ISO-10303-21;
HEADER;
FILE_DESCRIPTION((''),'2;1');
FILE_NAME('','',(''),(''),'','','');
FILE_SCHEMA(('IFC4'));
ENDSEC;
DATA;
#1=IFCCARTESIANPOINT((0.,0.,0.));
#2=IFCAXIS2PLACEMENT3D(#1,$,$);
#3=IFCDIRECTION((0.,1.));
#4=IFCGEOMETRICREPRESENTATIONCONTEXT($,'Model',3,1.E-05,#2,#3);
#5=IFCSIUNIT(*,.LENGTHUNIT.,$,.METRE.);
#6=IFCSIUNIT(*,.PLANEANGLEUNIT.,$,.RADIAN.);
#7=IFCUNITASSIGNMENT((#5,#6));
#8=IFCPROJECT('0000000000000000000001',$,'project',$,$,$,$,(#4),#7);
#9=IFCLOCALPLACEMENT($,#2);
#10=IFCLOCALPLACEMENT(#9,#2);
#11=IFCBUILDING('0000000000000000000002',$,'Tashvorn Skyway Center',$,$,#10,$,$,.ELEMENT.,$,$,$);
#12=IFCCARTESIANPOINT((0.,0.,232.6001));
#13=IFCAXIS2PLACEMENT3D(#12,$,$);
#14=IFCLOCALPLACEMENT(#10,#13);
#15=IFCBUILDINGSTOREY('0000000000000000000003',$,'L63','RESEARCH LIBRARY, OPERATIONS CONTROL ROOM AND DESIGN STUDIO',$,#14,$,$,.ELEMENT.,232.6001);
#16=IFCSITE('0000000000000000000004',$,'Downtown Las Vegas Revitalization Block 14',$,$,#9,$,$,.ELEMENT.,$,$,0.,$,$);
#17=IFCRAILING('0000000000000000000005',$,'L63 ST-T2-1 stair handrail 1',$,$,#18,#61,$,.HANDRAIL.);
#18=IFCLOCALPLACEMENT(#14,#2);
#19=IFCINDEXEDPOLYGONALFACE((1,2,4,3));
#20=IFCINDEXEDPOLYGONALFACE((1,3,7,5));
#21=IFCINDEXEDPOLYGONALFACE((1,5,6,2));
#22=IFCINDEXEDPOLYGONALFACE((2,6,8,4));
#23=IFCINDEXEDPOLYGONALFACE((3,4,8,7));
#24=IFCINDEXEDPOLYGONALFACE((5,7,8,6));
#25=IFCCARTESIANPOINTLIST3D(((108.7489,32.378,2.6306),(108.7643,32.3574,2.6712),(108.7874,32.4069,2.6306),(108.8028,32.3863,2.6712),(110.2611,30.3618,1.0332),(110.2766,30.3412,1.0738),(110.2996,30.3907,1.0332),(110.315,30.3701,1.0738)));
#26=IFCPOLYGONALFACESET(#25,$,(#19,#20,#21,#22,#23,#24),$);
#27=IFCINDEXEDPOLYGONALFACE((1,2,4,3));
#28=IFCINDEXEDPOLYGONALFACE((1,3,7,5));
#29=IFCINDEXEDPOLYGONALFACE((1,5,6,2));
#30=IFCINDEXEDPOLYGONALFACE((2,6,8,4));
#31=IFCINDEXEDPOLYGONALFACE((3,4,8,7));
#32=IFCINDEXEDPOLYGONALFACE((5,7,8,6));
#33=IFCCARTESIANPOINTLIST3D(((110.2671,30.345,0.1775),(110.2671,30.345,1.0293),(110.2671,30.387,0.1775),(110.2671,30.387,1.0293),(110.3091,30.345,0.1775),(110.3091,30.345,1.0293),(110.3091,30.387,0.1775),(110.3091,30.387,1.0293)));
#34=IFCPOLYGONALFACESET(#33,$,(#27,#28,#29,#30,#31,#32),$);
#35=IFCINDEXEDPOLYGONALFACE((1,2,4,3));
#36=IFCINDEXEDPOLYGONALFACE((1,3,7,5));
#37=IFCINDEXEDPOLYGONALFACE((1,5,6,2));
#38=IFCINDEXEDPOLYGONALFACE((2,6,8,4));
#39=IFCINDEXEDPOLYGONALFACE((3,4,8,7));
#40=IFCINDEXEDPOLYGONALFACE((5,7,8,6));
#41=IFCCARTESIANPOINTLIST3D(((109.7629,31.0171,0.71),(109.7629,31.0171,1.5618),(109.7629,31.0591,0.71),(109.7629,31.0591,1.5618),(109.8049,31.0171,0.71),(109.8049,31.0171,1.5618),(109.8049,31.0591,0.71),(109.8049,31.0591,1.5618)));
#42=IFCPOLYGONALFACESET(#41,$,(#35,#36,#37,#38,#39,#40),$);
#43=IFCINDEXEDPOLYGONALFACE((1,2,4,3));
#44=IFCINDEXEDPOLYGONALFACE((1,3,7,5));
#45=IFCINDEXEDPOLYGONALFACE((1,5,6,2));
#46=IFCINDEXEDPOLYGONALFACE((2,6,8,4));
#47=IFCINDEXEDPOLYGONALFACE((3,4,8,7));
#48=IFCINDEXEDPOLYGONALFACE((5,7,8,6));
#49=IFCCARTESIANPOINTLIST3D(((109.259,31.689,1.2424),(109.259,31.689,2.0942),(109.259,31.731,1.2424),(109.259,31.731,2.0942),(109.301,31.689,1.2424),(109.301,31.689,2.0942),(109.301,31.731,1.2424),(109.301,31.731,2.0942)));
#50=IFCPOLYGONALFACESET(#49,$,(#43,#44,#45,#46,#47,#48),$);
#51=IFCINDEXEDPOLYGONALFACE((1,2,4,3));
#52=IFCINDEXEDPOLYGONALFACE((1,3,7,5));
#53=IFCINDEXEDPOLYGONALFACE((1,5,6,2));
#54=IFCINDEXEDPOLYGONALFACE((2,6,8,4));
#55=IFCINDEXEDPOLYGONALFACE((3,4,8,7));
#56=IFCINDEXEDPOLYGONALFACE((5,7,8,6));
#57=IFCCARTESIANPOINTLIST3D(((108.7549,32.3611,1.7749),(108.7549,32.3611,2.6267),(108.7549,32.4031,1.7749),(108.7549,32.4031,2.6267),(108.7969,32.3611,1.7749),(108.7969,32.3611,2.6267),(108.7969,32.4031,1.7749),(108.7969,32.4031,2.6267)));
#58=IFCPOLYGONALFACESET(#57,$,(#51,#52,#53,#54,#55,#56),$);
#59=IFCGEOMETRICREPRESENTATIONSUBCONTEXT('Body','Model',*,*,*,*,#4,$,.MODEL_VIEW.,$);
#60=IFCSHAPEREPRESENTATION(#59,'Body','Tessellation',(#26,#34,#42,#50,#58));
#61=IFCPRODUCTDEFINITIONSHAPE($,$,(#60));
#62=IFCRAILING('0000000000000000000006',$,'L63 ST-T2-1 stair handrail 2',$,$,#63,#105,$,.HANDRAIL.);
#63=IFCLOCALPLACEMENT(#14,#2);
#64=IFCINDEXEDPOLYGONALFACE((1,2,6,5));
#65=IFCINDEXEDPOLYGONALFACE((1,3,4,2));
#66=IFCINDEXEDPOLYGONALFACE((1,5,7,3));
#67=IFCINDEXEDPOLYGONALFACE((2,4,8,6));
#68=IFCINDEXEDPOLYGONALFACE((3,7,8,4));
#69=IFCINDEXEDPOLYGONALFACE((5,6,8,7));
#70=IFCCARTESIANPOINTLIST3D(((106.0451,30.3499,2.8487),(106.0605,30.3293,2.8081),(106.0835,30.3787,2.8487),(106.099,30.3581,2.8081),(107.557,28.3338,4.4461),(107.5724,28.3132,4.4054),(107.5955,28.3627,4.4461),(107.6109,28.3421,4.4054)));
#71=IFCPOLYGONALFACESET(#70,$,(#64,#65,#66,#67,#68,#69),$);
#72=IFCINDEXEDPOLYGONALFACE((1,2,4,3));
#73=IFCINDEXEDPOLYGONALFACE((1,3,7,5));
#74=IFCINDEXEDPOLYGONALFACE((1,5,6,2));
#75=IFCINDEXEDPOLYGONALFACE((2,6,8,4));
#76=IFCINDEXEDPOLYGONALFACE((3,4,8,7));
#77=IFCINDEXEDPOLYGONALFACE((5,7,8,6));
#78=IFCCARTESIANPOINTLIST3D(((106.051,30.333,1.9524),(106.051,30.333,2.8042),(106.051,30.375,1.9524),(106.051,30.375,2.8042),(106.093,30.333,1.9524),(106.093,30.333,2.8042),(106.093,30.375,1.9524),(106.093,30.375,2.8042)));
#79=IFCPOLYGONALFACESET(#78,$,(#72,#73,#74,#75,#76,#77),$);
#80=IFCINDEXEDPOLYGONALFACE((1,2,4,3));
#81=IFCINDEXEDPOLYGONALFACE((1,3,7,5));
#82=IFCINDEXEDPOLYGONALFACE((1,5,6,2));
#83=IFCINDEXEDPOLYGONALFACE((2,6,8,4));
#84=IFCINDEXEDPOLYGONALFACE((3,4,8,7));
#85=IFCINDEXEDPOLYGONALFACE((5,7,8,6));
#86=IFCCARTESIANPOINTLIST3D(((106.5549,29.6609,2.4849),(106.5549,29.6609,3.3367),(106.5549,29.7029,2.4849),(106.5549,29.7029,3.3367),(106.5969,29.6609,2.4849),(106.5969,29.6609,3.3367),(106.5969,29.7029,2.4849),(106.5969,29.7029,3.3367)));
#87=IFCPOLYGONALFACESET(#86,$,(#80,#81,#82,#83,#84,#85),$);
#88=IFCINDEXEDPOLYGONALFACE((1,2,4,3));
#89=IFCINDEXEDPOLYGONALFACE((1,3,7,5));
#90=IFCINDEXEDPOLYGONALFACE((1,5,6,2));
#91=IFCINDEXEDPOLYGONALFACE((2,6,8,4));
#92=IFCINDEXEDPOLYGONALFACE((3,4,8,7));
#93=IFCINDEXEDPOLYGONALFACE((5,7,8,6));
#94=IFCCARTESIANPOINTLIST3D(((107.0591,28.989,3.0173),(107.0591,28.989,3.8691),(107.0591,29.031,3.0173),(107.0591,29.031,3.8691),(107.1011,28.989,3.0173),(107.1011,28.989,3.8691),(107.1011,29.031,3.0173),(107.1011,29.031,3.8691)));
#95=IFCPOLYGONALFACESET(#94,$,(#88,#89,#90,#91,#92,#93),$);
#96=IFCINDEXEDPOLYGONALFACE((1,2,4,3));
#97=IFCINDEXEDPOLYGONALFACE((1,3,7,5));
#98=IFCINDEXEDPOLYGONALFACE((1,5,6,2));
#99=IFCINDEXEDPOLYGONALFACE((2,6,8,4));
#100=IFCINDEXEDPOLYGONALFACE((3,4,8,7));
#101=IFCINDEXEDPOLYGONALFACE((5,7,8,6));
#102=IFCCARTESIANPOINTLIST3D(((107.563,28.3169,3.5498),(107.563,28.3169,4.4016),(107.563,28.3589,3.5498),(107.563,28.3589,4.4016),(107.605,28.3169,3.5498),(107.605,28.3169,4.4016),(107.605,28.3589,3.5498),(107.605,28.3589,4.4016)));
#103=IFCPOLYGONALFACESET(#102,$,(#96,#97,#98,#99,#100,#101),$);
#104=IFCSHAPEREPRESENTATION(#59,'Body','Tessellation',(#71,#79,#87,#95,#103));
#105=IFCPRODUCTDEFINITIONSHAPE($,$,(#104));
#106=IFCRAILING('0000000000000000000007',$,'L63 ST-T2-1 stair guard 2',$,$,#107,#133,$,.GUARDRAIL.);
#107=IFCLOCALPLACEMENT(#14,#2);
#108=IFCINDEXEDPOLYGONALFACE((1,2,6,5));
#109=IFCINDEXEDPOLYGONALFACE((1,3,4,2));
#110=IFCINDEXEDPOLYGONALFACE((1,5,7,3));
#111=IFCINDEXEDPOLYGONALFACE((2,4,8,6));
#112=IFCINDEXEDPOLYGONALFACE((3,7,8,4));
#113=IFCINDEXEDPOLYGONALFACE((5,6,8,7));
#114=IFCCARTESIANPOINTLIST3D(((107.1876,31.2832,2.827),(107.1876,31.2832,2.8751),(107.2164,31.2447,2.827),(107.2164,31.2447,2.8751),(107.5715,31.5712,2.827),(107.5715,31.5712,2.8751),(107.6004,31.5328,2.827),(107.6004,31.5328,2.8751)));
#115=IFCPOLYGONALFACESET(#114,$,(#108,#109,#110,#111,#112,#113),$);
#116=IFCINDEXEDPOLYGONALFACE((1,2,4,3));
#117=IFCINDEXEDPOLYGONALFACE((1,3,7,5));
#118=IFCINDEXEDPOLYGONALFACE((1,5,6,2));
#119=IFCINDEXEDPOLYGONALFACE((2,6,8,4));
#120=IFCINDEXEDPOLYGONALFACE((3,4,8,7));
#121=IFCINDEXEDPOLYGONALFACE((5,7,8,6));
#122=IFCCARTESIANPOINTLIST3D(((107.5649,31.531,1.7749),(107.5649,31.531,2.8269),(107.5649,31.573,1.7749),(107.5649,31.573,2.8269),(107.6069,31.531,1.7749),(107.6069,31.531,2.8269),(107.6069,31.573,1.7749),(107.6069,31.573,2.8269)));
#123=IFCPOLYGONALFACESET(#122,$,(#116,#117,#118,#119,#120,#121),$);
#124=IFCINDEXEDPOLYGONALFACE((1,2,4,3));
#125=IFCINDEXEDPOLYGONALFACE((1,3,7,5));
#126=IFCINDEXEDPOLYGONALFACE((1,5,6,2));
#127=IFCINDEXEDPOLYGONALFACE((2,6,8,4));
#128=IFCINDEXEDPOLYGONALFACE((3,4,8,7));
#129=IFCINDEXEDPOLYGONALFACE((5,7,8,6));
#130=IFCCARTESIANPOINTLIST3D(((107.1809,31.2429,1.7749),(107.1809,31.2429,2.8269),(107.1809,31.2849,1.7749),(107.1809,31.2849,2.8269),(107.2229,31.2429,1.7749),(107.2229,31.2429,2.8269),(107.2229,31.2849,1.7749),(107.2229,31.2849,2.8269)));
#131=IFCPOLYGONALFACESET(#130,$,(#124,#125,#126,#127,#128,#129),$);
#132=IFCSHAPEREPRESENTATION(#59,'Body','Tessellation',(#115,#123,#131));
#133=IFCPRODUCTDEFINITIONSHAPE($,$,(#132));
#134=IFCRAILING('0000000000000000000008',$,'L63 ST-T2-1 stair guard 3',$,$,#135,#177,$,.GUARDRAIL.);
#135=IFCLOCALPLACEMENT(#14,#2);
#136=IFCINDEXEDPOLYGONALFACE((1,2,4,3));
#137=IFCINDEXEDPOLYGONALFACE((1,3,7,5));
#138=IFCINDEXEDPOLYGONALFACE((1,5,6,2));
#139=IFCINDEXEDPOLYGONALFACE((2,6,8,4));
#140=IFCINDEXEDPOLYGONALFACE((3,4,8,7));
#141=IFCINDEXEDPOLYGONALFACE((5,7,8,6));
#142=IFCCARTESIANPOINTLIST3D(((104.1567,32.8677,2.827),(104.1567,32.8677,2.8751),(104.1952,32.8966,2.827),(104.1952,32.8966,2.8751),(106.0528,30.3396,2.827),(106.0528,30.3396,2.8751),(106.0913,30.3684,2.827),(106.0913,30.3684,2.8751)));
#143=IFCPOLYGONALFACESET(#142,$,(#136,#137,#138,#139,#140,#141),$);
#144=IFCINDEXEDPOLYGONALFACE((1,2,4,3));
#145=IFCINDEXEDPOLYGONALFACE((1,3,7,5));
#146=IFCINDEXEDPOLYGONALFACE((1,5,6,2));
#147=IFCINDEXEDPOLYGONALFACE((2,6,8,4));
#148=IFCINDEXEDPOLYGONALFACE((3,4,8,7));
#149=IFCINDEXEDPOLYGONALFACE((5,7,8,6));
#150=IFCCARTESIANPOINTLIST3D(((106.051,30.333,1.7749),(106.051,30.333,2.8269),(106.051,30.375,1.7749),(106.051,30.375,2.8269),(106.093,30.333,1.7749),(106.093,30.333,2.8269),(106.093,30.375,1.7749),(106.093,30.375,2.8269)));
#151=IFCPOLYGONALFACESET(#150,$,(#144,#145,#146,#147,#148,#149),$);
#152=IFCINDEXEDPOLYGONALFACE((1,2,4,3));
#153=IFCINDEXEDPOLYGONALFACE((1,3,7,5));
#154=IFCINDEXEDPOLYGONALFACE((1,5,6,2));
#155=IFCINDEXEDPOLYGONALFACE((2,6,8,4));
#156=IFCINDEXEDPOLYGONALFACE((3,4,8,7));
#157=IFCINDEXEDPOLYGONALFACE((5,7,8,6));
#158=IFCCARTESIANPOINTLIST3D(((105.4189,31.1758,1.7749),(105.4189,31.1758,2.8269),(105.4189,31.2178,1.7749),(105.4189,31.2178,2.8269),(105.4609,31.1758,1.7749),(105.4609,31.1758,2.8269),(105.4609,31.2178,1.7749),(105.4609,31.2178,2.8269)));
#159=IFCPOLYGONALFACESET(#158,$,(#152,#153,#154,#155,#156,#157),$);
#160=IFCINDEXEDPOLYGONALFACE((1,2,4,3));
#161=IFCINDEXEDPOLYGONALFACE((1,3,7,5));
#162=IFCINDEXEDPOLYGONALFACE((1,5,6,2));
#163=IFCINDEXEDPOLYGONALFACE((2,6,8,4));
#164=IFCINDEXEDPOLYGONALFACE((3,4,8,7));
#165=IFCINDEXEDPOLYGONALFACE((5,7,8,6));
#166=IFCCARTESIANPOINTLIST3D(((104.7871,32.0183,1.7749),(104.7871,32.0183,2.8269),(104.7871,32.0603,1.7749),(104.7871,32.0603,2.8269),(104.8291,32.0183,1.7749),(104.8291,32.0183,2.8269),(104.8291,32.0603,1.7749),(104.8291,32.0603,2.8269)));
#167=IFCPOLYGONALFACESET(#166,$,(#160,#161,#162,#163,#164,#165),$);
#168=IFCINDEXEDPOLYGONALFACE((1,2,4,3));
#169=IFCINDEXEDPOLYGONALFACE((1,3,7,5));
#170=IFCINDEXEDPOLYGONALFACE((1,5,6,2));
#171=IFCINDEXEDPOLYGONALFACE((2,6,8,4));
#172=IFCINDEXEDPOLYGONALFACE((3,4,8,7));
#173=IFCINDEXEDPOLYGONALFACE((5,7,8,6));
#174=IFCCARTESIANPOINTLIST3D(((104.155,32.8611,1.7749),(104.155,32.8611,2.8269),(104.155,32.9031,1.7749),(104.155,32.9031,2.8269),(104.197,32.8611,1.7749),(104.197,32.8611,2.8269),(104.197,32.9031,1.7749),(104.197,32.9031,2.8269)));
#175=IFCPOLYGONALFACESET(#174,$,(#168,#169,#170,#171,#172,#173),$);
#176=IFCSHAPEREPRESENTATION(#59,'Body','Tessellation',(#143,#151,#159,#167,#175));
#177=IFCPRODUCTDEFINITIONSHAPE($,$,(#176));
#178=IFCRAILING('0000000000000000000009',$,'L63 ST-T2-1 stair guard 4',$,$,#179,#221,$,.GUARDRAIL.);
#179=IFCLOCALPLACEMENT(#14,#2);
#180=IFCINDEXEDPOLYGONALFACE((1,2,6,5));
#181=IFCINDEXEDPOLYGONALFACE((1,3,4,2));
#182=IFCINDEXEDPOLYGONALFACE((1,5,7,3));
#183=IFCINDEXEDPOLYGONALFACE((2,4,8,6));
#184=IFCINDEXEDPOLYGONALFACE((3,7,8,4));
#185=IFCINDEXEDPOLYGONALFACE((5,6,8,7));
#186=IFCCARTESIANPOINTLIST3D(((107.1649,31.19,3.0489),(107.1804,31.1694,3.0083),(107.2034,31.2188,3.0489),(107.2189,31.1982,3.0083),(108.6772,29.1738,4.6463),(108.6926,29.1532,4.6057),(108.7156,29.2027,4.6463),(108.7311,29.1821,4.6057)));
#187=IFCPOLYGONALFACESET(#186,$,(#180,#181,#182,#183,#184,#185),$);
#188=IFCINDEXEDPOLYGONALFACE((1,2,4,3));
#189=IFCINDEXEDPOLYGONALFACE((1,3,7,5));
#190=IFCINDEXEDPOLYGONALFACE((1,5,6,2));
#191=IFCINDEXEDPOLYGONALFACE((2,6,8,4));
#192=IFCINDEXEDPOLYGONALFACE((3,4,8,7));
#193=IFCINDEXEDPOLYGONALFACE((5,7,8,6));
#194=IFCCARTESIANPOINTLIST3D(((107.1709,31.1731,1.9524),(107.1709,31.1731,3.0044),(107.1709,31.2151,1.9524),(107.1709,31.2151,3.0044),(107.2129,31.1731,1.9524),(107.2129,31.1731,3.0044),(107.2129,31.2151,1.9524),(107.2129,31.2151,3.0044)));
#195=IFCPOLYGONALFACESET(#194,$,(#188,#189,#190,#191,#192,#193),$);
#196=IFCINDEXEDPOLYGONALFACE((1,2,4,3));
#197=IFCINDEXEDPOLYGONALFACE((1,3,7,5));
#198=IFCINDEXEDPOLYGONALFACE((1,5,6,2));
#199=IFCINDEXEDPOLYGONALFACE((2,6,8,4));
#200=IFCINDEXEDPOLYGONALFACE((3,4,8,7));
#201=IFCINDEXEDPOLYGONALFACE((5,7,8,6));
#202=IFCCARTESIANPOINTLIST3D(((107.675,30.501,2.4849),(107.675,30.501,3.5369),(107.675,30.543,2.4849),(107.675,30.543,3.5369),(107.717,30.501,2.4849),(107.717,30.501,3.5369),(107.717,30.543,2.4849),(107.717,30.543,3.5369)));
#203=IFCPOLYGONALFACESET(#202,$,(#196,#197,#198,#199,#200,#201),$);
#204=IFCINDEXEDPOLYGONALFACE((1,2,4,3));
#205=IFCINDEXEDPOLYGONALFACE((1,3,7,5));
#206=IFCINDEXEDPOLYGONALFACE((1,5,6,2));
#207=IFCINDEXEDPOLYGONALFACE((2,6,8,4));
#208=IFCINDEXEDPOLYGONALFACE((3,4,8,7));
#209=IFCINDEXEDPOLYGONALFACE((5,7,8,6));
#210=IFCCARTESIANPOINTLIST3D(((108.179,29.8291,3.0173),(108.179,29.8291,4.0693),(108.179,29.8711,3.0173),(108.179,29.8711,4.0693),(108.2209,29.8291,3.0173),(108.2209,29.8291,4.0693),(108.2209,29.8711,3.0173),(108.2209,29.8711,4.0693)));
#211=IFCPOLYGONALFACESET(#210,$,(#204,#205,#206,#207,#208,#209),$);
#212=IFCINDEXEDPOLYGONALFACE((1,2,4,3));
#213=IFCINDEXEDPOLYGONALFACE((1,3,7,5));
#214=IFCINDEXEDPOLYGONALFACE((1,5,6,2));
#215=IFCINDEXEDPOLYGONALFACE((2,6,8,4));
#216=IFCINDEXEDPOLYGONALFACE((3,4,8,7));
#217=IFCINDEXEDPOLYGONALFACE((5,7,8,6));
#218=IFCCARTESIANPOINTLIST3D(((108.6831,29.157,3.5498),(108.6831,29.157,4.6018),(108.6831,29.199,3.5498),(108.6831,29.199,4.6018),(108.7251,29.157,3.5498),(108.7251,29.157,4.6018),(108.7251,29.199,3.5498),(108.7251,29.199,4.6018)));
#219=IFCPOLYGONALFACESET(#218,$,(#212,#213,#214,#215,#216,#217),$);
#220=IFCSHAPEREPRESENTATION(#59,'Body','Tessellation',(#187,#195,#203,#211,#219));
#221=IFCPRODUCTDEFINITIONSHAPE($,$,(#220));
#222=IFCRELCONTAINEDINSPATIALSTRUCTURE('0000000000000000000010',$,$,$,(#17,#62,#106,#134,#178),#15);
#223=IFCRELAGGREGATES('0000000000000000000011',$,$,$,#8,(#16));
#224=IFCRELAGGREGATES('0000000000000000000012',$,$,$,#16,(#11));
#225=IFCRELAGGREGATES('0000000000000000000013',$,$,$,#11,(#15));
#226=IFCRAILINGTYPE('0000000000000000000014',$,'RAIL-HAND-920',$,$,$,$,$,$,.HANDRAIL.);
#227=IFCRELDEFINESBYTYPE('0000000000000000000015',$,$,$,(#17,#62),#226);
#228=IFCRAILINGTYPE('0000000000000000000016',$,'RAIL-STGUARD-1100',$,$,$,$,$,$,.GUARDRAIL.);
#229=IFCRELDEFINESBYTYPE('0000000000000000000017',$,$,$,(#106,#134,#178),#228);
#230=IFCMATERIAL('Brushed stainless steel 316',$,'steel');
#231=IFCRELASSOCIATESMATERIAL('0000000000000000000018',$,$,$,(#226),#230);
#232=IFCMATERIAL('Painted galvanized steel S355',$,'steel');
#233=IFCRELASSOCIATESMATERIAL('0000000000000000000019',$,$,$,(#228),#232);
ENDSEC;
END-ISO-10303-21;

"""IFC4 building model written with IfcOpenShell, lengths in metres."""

from ifc_helpers import new_model, si_unit, direction, frame, origin, origin_2d, place, context, subcontext, project, spatial, rectangle, extrude, material, type_object, element, save


model = new_model("IFC4")

# Units and contexts
model_context = context("Model", 3, precision=1e-05, world=origin(), true_north=direction((0.0, 1.0)))
body_context = subcontext(model_context, "Body", "Model", "MODEL_VIEW")
ifc_project = project(units=[si_unit("LENGTHUNIT", "METRE"), si_unit("PLANEANGLEUNIT", "RADIAN")], contexts=[model_context])

# Site, building, storey
site_placement = place(None, origin())
site = spatial("IfcSite", under=ifc_project, at=site_placement, Name="Downtown Las Vegas Revitalization Block 14", CompositionType="ELEMENT", RefElevation=0.0)
building_placement = place(site_placement, origin())
building = spatial("IfcBuilding", under=site, at=building_placement, Name="Tashvorn Skyway Center", CompositionType="ELEMENT")
storey_placement = place(building_placement, frame((0.0, 0.0, 232.6001)))
storey = spatial("IfcBuildingStorey", under=building, at=storey_placement, Name="L63", Description="RESEARCH LIBRARY, OPERATIONS CONTROL ROOM AND DESIGN STUDIO", CompositionType="ELEMENT", Elevation=232.6001)

# Railings
ifc_material_1 = material(Name="Brushed stainless steel 316", Category="steel")
railing_type_1 = type_object("IfcRailingType", Name="RAIL-HAND-920", PredefinedType="HANDRAIL", material=ifc_material_1)
railing_1_placement = place(storey_placement, frame((110.2881, 30.366, 0.1775)))
element("IfcRailing", 1, at=railing_1_placement, inside=storey, type_object=railing_type_1, Name="L63 ST-T2-1 stair handrail 1", PredefinedType="HANDRAIL", context=body_context, shape_type="SweptSolid", body=[
    extrude(rectangle(XDim=0.0481, YDim=0.0481, at=origin_2d()), frame((0.0, 0.0, 0.876), z_axis=(-0.506802, 0.675681, 0.535357), x_axis=(-0.799977, -0.600031, 0.0)), (0.0, 0.0, 1.0), 2.9839),
    extrude(rectangle(XDim=0.042, YDim=0.042, at=origin_2d()), origin(), (0.0, 0.0, 1.0), 0.8518),
    extrude(rectangle(XDim=0.042, YDim=0.042, at=origin_2d()), frame((-0.5042, 0.6721, 0.5325)), (0.0, 0.0, 1.0), 0.8518),
    extrude(rectangle(XDim=0.042, YDim=0.042, at=origin_2d()), frame((-1.0081, 1.344, 1.0649)), (0.0, 0.0, 1.0), 0.8518),
    extrude(rectangle(XDim=0.042, YDim=0.042, at=origin_2d()), frame((-1.5122, 2.0161, 1.5974)), (0.0, 0.0, 1.0), 0.8518),
])
railing_2_placement = place(storey_placement, frame((106.072, 30.354, 1.9524)))
element("IfcRailing", 2, at=railing_2_placement, inside=storey, type_object=railing_type_1, Name="L63 ST-T2-1 stair handrail 2", PredefinedType="HANDRAIL", context=body_context, shape_type="SweptSolid", body=[
    extrude(rectangle(XDim=0.0481, YDim=0.0481, at=origin_2d()), frame((0.0, 0.0, 0.876), z_axis=(0.506741, -0.675709, 0.535379), x_axis=(0.800023, 0.599969, 0.0)), (0.0, 0.0, 1.0), 2.9836),
    extrude(rectangle(XDim=0.042, YDim=0.042, at=origin_2d()), origin(), (0.0, 0.0, 1.0), 0.8518),
    extrude(rectangle(XDim=0.042, YDim=0.042, at=origin_2d()), frame((0.5039, -0.6721, 0.5325)), (0.0, 0.0, 1.0), 0.8518),
    extrude(rectangle(XDim=0.042, YDim=0.042, at=origin_2d()), frame((1.0081, -1.344, 1.0649)), (0.0, 0.0, 1.0), 0.8518),
    extrude(rectangle(XDim=0.042, YDim=0.042, at=origin_2d()), frame((1.512, -2.0161, 1.5974)), (0.0, 0.0, 1.0), 0.8518),
])
ifc_material_2 = material(Name="Painted galvanized steel S355", Category="steel")
railing_type_2 = type_object("IfcRailingType", Name="RAIL-STGUARD-1100", PredefinedType="GUARDRAIL", material=ifc_material_2)
railing_3_placement = place(storey_placement, frame((107.5859, 31.552, 1.7749)))
element("IfcRailing", 3, at=railing_3_placement, inside=storey, type_object=railing_type_2, Name="L63 ST-T2-1 stair guard 2", PredefinedType="GUARDRAIL", context=body_context, shape_type="SweptSolid", body=[
    extrude(rectangle(XDim=0.0481, YDim=0.0481, at=origin_2d()), frame((0.0, 0.0, 1.0762), z_axis=(-0.799939, -0.600081, 0.0), x_axis=(0.600081, -0.799939, 0.0)), (0.0, 0.0, 1.0), 0.48),
    extrude(rectangle(XDim=0.042, YDim=0.042, at=origin_2d()), origin(), (0.0, 0.0, 1.0), 1.052),
    extrude(rectangle(XDim=0.042, YDim=0.042, at=origin_2d()), frame((-0.384, -0.2881, 0.0)), (0.0, 0.0, 1.0), 1.052),
])
railing_4_placement = place(storey_placement, frame((106.072, 30.354, 1.7749)))
element("IfcRailing", 4, at=railing_4_placement, inside=storey, type_object=railing_type_2, Name="L63 ST-T2-1 stair guard 3", PredefinedType="GUARDRAIL", context=body_context, shape_type="SweptSolid", body=[
    extrude(rectangle(XDim=0.0481, YDim=0.0481, at=origin_2d()), frame((0.0, 0.0, 1.0762), z_axis=(-0.599988, 0.800009, 0.0), x_axis=(-0.800009, -0.599988, 0.0)), (0.0, 0.0, 1.0), 3.1602),
    extrude(rectangle(XDim=0.042, YDim=0.042, at=origin_2d()), origin(), (0.0, 0.0, 1.0), 1.052),
    extrude(rectangle(XDim=0.042, YDim=0.042, at=origin_2d()), frame((-0.6321, 0.8428, 0.0)), (0.0, 0.0, 1.0), 1.052),
    extrude(rectangle(XDim=0.042, YDim=0.042, at=origin_2d()), frame((-1.2639, 1.6853, 0.0)), (0.0, 0.0, 1.0), 1.052),
    extrude(rectangle(XDim=0.042, YDim=0.042, at=origin_2d()), frame((-1.896, 2.5281, 0.0)), (0.0, 0.0, 1.0), 1.052),
])
railing_5_placement = place(storey_placement, frame((107.1919, 31.1941, 1.9524)))
element("IfcRailing", 5, at=railing_5_placement, inside=storey, type_object=railing_type_2, Name="L63 ST-T2-1 stair guard 4", PredefinedType="GUARDRAIL", context=body_context, shape_type="SweptSolid", body=[
    extrude(rectangle(XDim=0.0481, YDim=0.0481, at=origin_2d()), frame((0.0, 0.0, 1.0762), z_axis=(0.506802, -0.675681, 0.535357), x_axis=(0.799977, 0.600031, 0.0)), (0.0, 0.0, 1.0), 2.9839),
    extrude(rectangle(XDim=0.042, YDim=0.042, at=origin_2d()), origin(), (0.0, 0.0, 1.0), 1.052),
    extrude(rectangle(XDim=0.042, YDim=0.042, at=origin_2d()), frame((0.5042, -0.6721, 0.5325)), (0.0, 0.0, 1.0), 1.052),
    extrude(rectangle(XDim=0.042, YDim=0.042, at=origin_2d()), frame((1.0081, -1.344, 1.0649)), (0.0, 0.0, 1.0), 1.052),
    extrude(rectangle(XDim=0.042, YDim=0.042, at=origin_2d()), frame((1.5122, -2.0161, 1.5974)), (0.0, 0.0, 1.0), 1.052),
])

save(model, "model.ifc")
